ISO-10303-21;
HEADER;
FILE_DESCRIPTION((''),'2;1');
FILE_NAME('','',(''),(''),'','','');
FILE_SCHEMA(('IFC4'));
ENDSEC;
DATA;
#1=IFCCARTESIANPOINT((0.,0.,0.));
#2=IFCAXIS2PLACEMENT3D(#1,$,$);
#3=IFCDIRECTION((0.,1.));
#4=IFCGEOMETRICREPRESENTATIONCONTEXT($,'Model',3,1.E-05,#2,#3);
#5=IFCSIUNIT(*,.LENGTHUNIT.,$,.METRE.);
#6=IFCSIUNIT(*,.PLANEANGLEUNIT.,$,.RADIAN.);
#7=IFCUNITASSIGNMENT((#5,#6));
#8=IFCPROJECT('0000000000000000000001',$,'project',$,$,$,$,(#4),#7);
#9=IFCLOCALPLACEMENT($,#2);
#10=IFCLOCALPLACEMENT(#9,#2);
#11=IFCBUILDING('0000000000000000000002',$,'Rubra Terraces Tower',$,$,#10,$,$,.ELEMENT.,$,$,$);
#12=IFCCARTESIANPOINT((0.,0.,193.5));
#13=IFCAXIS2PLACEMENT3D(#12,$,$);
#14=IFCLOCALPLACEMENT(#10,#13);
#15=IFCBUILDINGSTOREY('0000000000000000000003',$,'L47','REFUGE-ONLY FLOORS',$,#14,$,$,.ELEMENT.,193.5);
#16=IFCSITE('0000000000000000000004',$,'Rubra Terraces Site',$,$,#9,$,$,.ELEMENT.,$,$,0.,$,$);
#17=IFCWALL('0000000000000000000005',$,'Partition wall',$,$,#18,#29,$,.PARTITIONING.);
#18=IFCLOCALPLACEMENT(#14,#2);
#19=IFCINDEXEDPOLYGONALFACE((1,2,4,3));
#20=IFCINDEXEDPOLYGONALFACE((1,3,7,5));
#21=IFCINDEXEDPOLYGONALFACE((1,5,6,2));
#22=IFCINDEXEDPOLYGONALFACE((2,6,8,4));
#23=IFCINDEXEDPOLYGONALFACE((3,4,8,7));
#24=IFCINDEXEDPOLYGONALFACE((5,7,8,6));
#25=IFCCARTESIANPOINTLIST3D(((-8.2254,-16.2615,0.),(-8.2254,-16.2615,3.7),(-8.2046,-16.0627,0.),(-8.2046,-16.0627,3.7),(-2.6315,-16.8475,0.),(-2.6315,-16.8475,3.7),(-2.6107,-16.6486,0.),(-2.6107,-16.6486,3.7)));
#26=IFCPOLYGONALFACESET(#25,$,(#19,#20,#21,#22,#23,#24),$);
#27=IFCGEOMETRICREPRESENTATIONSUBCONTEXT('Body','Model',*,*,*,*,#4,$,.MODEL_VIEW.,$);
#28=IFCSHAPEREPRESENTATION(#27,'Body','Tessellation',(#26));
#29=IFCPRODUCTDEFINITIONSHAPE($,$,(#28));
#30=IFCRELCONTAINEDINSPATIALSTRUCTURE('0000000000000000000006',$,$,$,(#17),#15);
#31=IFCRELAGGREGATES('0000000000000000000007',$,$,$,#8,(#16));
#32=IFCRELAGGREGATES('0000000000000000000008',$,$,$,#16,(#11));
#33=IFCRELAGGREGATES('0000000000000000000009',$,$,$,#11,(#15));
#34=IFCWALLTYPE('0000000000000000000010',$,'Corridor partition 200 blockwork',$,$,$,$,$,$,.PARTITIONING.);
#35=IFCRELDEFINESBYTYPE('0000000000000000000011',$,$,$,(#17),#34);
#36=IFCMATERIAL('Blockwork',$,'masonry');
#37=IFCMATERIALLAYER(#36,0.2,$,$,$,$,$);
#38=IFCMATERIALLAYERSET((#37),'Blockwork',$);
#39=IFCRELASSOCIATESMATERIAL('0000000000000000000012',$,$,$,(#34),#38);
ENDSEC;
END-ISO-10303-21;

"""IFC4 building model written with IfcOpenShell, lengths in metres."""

from ifc_helpers import new_model, si_unit, direction, frame, frame_2d, origin, place, context, subcontext, project, spatial, rectangle, extrude, material, layer, layer_set, type_object, element, save


model = new_model("IFC4")

# Units and contexts
model_context = context("Model", 3, precision=1e-05, world=origin(), true_north=direction((0.0, 1.0)))
body_context = subcontext(model_context, "Body", "Model", "MODEL_VIEW")
ifc_project = project(units=[si_unit("LENGTHUNIT", "METRE"), si_unit("PLANEANGLEUNIT", "RADIAN")], contexts=[model_context])

# Site, building, storey
site_placement = place(None, origin())
site = spatial("IfcSite", under=ifc_project, at=site_placement, Name="Rubra Terraces Site", CompositionType="ELEMENT", RefElevation=0.0)
building_placement = place(site_placement, origin())
building = spatial("IfcBuilding", under=site, at=building_placement, Name="Rubra Terraces Tower", CompositionType="ELEMENT")
storey_placement = place(building_placement, frame((0.0, 0.0, 193.5)))
storey = spatial("IfcBuildingStorey", under=building, at=storey_placement, Name="L47", Description="REFUGE-ONLY FLOORS", CompositionType="ELEMENT", Elevation=193.5)

# Wall
ifc_material_1 = material(Name="Blockwork", Category="masonry")
ifc_layer_1 = layer(ifc_material_1, 0.2)
ifc_layer_set_1 = layer_set([ifc_layer_1], Name="Blockwork")
wall_type_1 = type_object("IfcWallType", Name="Corridor partition 200 blockwork", PredefinedType="PARTITIONING", material=ifc_layer_set_1)
wall_1_placement = place(storey_placement, frame((-2.6211, -16.748, 0.0), z_axis=(0.0, 0.0, 1.0), x_axis=(-0.994559, 0.104174, 0.0)))
element("IfcWall", 1, at=wall_1_placement, inside=storey, type_object=wall_type_1, Name="Partition wall", PredefinedType="PARTITIONING", context=body_context, shape_type="SweptSolid", body=[
    extrude(rectangle(XDim=5.6245, YDim=0.2, at=frame_2d((2.8123, 0.0))), origin(), (0.0, 0.0, 1.0), 3.7),
])

save(model, "model.ifc")
